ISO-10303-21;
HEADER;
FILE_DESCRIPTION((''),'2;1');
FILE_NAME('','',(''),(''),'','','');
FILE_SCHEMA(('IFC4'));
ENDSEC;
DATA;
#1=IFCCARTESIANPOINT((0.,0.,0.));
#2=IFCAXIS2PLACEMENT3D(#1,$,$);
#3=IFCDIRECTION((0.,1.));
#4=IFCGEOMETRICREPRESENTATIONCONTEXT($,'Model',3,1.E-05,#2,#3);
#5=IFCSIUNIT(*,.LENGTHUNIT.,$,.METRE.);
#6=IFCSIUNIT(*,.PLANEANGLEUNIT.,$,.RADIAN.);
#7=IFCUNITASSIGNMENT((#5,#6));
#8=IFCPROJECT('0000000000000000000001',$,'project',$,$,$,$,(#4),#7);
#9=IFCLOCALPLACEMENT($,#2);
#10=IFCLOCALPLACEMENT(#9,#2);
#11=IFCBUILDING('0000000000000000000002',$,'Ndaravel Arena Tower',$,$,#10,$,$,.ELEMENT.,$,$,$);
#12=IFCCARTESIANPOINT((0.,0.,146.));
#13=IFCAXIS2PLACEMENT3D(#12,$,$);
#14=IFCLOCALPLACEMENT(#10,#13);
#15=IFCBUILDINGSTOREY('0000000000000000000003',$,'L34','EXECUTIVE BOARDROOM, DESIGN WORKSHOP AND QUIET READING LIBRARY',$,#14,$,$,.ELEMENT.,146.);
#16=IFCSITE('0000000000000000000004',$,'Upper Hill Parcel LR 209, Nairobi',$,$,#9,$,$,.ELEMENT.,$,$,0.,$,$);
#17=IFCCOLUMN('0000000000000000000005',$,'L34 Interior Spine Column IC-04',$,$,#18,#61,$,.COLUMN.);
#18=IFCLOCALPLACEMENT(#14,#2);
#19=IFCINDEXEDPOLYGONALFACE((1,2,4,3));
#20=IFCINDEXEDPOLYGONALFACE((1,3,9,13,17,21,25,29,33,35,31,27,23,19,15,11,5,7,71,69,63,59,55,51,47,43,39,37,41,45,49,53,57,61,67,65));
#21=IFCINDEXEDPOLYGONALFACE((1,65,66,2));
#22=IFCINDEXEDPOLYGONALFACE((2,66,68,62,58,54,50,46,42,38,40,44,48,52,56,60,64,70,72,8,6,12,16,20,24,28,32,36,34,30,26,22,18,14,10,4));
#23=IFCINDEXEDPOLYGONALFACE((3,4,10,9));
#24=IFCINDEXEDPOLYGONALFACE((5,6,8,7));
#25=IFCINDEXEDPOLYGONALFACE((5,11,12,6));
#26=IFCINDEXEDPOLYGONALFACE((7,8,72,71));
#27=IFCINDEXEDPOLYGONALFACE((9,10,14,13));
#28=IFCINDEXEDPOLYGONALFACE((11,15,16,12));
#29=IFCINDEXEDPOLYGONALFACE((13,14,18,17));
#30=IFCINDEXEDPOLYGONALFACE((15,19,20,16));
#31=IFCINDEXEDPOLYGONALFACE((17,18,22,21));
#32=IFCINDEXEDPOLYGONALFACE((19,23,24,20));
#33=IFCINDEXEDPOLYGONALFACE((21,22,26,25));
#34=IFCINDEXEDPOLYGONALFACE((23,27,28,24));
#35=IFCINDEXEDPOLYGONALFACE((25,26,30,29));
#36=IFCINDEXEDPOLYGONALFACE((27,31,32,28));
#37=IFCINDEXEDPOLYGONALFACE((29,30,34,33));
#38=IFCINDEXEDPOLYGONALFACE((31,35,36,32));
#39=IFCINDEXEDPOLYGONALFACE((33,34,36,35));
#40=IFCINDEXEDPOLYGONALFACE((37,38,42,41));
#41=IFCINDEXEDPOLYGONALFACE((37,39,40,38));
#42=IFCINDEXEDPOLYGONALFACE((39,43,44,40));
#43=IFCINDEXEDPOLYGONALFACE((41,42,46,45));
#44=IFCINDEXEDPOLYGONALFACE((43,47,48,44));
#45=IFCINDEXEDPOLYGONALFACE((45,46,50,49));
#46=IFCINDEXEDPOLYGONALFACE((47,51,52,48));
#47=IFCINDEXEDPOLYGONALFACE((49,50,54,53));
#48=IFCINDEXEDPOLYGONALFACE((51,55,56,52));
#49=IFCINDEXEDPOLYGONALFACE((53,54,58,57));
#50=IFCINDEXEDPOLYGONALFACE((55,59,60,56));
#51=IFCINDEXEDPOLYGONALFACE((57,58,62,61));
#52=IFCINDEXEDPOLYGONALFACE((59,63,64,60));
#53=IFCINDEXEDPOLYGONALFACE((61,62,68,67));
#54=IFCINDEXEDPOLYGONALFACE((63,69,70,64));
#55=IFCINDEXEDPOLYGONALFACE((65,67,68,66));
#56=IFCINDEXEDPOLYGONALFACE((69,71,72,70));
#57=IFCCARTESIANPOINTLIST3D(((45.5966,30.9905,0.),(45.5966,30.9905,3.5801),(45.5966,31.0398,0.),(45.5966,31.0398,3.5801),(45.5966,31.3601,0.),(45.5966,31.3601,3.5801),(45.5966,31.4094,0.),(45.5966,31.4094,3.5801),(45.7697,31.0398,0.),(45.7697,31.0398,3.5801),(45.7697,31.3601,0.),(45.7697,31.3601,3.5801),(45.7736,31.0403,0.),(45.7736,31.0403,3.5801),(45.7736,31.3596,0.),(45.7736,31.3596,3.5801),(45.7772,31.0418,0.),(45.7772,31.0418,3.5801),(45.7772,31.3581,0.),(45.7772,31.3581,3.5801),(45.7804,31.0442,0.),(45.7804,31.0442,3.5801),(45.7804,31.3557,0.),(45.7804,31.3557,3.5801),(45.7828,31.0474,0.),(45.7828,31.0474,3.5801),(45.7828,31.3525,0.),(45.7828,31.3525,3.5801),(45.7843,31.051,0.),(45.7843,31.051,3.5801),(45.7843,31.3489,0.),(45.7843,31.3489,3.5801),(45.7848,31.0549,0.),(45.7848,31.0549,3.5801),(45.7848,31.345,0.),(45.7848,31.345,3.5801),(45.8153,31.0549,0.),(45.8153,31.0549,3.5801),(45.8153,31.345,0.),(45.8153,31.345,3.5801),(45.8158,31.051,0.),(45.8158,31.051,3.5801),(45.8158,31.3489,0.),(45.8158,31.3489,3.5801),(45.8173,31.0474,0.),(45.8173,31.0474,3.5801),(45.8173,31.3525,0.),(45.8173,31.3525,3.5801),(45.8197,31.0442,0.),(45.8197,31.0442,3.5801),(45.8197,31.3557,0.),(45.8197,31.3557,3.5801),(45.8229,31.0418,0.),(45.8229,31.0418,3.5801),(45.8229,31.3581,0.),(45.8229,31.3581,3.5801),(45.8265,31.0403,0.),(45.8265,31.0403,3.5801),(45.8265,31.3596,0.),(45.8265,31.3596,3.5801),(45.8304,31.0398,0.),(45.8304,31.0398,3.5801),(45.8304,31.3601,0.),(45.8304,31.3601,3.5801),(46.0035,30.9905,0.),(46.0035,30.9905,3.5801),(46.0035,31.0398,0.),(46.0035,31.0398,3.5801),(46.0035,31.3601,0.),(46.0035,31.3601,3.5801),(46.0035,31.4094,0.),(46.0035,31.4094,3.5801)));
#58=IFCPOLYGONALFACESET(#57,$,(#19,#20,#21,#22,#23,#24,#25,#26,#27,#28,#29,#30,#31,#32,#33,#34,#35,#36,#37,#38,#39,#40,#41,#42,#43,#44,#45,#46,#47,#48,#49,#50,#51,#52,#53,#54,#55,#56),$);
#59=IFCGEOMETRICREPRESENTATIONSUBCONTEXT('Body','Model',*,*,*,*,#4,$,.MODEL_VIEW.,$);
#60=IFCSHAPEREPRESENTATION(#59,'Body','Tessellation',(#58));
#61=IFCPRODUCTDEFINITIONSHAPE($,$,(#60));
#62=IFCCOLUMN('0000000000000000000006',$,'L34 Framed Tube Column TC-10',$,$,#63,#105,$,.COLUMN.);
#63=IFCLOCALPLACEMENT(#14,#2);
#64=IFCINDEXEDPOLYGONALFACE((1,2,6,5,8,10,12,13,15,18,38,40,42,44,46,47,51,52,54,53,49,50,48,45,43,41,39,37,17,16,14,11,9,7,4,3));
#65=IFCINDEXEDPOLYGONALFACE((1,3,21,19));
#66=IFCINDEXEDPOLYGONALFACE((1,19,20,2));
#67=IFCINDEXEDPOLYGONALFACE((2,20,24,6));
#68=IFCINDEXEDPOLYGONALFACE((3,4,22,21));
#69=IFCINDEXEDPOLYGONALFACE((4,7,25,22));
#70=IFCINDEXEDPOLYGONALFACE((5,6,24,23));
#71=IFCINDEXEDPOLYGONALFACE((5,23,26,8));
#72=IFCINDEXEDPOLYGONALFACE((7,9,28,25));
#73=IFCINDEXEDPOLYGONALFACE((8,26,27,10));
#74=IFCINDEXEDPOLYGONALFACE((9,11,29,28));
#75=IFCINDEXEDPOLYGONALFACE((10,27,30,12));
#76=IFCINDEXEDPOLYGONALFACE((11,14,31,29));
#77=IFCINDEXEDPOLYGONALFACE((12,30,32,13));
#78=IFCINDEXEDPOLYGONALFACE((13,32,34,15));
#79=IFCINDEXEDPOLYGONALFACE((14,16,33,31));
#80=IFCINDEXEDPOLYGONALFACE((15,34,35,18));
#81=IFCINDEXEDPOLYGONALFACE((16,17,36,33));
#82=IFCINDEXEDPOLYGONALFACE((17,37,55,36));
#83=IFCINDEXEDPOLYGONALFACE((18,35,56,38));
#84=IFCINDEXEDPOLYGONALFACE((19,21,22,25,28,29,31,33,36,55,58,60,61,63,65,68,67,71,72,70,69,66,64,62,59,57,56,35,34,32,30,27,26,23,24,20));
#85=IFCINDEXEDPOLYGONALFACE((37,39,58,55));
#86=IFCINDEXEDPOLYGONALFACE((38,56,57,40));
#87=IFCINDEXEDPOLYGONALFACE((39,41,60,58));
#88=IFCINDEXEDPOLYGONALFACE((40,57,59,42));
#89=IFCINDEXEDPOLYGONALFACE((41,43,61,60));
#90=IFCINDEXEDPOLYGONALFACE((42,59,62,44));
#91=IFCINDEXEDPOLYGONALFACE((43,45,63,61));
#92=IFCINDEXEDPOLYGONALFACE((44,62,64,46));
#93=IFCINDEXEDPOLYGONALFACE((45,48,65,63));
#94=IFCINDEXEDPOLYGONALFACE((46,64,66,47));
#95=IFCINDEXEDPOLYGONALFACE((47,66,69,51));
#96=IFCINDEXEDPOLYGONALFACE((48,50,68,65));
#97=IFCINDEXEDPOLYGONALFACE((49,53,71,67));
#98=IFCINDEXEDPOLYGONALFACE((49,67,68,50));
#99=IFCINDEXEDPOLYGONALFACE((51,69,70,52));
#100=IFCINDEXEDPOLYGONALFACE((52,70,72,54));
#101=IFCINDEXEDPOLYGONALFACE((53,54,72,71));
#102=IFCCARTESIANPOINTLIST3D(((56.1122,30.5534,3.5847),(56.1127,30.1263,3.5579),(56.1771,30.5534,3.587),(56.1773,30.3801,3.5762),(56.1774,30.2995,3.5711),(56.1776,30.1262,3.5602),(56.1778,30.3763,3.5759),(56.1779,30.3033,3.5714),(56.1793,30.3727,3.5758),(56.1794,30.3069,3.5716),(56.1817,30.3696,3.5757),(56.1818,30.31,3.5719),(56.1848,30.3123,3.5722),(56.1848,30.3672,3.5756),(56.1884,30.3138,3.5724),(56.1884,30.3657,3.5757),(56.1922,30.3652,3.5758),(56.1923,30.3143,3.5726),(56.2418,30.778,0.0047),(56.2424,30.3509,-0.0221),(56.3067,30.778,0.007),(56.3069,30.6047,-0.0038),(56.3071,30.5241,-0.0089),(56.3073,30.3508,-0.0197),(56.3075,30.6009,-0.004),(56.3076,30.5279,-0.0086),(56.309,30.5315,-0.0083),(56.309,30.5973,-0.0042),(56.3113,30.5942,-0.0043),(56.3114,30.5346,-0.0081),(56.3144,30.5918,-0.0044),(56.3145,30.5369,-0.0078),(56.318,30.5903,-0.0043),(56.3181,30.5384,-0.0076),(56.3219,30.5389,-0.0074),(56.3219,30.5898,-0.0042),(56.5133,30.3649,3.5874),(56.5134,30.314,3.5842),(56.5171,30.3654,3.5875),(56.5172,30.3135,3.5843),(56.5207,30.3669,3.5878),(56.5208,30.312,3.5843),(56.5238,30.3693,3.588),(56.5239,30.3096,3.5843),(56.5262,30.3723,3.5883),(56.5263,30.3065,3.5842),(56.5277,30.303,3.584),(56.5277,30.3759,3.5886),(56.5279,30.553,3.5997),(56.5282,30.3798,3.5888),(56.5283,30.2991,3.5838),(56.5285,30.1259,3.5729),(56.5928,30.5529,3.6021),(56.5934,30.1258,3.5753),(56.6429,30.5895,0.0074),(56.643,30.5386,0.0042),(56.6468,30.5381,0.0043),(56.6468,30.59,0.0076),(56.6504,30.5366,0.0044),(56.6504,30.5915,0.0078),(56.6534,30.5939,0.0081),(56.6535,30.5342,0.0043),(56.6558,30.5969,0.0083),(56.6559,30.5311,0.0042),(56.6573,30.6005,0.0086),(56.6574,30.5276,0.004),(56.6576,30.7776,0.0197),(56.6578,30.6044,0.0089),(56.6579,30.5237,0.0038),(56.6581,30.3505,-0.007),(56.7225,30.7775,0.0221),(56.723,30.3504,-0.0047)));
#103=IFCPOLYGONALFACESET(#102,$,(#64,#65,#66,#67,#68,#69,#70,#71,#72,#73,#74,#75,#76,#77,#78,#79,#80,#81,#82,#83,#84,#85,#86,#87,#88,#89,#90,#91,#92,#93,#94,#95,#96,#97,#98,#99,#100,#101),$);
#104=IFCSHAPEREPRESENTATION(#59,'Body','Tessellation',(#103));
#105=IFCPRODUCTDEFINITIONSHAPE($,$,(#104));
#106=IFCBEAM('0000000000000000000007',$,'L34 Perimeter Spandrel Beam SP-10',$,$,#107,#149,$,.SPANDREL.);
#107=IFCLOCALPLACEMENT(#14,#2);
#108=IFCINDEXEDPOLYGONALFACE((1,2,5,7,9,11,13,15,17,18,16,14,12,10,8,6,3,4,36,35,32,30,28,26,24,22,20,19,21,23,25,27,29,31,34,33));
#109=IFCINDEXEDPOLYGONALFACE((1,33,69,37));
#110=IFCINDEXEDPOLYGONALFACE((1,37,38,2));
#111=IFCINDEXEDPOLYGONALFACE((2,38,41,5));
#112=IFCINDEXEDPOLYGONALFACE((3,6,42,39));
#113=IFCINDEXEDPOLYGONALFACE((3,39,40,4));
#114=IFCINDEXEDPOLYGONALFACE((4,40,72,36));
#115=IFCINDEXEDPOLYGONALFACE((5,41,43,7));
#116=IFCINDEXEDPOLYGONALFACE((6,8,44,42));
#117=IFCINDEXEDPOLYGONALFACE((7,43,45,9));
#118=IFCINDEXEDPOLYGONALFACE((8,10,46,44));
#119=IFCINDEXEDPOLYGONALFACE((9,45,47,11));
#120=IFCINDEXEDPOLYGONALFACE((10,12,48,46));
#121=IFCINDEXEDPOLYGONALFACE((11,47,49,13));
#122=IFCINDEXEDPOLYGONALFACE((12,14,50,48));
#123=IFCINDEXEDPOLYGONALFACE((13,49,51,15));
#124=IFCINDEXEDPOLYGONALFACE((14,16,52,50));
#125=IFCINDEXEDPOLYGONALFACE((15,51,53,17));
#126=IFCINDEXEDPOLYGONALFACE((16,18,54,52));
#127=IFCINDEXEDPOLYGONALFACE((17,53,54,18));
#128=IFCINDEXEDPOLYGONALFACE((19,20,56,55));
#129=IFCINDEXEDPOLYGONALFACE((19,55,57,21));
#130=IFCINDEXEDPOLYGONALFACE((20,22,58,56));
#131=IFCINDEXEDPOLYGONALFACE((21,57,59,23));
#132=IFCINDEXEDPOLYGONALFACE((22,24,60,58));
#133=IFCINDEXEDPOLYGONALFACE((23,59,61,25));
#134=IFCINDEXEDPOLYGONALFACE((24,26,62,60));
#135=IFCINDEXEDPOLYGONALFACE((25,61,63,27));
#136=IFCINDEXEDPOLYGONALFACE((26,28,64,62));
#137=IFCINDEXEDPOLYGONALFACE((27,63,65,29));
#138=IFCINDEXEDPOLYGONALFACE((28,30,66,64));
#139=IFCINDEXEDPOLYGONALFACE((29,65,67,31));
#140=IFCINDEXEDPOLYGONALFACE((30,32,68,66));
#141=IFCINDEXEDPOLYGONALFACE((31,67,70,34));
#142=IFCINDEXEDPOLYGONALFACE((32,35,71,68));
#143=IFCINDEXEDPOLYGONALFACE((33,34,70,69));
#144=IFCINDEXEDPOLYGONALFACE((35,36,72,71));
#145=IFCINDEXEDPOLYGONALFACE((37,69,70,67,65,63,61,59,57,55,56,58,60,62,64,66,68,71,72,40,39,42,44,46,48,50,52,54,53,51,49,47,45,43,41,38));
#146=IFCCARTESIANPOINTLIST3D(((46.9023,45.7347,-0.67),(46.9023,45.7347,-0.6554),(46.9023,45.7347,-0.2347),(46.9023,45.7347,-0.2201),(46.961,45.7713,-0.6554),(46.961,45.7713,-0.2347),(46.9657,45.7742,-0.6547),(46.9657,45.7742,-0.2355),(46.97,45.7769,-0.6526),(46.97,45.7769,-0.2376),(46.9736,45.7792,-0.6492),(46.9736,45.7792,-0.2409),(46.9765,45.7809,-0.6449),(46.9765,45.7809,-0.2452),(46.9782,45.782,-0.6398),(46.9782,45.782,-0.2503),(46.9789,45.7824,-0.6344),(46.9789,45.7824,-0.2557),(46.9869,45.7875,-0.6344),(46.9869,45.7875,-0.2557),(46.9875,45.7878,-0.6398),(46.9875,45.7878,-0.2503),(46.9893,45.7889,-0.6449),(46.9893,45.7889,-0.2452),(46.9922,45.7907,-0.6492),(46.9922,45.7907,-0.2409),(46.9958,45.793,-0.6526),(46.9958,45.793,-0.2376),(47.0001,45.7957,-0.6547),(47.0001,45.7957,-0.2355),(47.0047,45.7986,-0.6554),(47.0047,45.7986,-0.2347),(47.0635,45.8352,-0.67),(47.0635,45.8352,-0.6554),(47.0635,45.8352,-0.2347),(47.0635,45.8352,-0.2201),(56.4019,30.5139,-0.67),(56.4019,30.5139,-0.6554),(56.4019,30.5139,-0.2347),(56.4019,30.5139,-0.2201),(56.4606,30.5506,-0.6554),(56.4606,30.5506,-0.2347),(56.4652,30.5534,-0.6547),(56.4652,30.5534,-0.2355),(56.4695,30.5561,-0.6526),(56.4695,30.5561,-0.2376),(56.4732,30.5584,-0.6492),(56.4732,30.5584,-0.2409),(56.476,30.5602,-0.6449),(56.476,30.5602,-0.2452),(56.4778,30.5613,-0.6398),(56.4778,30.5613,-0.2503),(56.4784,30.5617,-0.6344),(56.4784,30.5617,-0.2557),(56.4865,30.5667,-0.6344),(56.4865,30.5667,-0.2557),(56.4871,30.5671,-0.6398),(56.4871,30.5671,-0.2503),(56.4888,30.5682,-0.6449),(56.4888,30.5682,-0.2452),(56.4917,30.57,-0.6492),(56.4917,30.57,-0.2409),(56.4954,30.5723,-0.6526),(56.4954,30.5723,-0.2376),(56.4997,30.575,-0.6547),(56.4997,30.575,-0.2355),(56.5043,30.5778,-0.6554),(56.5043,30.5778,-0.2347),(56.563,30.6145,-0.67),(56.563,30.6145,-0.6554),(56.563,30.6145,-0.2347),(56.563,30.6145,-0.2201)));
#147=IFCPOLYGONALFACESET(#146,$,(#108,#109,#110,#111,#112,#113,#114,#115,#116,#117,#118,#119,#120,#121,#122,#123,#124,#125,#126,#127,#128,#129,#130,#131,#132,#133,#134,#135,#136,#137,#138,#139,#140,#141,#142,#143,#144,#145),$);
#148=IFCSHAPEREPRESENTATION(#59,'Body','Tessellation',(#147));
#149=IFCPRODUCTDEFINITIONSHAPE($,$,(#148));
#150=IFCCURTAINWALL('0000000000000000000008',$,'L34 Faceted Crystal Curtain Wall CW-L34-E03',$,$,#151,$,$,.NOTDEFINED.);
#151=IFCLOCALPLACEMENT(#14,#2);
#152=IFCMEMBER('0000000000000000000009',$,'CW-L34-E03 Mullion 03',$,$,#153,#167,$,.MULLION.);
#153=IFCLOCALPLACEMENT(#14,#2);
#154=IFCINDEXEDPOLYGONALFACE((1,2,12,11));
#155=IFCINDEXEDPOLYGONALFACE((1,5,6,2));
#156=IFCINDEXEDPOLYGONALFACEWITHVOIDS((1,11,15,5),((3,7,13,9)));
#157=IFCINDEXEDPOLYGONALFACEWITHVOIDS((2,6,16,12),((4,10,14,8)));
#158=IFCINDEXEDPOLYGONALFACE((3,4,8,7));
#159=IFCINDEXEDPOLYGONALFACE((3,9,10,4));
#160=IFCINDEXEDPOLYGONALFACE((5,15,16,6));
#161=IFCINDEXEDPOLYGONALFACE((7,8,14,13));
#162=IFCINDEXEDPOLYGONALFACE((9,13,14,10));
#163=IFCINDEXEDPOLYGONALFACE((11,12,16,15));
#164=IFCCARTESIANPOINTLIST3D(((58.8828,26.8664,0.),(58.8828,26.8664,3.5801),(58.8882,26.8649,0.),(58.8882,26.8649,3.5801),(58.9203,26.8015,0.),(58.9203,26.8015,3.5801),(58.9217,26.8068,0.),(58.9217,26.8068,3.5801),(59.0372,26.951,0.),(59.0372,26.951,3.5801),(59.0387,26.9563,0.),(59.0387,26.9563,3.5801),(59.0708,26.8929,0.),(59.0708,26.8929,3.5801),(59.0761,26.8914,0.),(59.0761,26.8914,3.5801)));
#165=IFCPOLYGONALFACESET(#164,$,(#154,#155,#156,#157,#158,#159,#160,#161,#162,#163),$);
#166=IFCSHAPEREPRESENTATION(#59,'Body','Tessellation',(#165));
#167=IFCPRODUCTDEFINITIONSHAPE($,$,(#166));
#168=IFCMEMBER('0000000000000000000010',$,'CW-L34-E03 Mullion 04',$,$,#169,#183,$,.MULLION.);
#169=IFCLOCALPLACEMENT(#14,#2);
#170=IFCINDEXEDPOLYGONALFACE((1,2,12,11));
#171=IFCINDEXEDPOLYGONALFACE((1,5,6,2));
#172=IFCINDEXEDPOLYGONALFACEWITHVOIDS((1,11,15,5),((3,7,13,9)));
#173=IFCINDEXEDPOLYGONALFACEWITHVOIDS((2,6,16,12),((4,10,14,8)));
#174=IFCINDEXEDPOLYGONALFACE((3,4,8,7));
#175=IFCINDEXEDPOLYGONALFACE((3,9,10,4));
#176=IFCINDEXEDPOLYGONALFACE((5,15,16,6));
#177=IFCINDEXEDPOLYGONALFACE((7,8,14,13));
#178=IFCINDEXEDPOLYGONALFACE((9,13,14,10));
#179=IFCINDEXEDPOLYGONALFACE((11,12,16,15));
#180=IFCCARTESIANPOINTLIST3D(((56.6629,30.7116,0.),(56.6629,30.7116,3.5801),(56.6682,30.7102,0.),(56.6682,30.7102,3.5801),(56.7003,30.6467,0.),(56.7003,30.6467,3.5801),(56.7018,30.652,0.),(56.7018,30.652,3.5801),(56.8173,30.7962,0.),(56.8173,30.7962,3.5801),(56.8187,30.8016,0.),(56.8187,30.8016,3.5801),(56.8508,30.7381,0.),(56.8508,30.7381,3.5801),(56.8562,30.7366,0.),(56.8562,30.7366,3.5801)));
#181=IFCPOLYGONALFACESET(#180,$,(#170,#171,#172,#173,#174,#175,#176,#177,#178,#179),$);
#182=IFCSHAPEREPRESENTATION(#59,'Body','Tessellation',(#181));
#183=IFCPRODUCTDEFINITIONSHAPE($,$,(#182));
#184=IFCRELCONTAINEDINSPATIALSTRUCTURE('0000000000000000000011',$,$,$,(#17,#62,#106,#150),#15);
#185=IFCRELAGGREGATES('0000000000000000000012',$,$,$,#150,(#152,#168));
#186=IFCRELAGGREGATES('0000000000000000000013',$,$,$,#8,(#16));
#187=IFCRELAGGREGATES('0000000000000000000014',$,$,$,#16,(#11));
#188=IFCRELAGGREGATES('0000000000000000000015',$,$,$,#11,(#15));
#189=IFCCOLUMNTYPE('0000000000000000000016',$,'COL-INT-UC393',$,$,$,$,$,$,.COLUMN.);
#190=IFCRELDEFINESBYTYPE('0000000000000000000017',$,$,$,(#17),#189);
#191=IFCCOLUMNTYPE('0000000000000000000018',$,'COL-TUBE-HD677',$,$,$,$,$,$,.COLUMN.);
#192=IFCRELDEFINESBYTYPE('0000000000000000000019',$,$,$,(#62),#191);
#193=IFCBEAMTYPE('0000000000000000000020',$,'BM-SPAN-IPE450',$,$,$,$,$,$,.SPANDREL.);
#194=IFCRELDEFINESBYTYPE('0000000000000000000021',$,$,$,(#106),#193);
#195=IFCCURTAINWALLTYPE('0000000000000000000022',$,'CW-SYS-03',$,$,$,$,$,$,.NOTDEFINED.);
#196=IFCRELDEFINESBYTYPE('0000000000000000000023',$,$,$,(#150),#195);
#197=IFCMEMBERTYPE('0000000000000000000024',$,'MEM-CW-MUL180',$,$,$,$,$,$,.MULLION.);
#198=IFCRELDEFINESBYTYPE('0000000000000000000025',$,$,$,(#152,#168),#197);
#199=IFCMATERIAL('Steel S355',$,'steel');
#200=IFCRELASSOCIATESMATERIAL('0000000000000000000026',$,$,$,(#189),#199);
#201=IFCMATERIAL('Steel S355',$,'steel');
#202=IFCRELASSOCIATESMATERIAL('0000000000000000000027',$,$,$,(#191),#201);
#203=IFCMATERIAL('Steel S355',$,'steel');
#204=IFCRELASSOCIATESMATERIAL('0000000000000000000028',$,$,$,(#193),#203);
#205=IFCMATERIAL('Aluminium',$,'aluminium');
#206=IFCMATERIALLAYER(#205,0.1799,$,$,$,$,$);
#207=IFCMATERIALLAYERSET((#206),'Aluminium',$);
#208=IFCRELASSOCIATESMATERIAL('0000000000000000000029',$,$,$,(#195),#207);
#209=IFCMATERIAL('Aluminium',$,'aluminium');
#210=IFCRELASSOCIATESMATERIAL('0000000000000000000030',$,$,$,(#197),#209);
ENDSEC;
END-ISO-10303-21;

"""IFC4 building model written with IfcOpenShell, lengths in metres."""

from ifc_helpers import new_model, si_unit, direction, frame, origin, origin_2d, place, context, subcontext, project, spatial, hollow_rectangle, i_section, extrude, material, layer, layer_set, material_profile, profile_set, type_object, element, aggregate, save


model = new_model("IFC4")

# Units and contexts
model_context = context("Model", 3, precision=1e-05, world=origin(), true_north=direction((0.0, 1.0)))
body_context = subcontext(model_context, "Body", "Model", "MODEL_VIEW")
ifc_project = project(units=[si_unit("LENGTHUNIT", "METRE"), si_unit("PLANEANGLEUNIT", "RADIAN")], contexts=[model_context])

# Site, building, storey
site_placement = place(None, origin())
site = spatial("IfcSite", under=ifc_project, at=site_placement, Name="Upper Hill Parcel LR 209, Nairobi", CompositionType="ELEMENT", RefElevation=0.0)
building_placement = place(site_placement, origin())
building = spatial("IfcBuilding", under=site, at=building_placement, Name="Ndaravel Arena Tower", CompositionType="ELEMENT")
storey_placement = place(building_placement, frame((0.0, 0.0, 146.0)))
storey = spatial("IfcBuildingStorey", under=building, at=storey_placement, Name="L34", Description="EXECUTIVE BOARDROOM, DESIGN WORKSHOP AND QUIET READING LIBRARY", CompositionType="ELEMENT", Elevation=146.0)

# Columns
ifc_material_1 = material(Name="Steel S355", Category="steel")
ifc_material_profile_1 = material_profile(ifc_material_1, i_section(OverallWidth=0.407, OverallDepth=0.4189, WebThickness=0.0305, FlangeThickness=0.0493, FilletRadius=0.0151, at=origin_2d()), Name="UC 356x406x393")
ifc_profile_set_1 = profile_set([ifc_material_profile_1], Name="Steel S355")
column_type_1 = type_object("IfcColumnType", Name="COL-INT-UC393", PredefinedType="COLUMN", material=ifc_profile_set_1)
column_1_placement = place(storey_placement, frame((45.8, 31.2, 0.0), z_axis=(0.0, 0.0, 1.0), x_axis=(1.0, 0.0, 0.0)))
element("IfcColumn", 1, at=column_1_placement, inside=storey, type_object=column_type_1, Name="L34 Interior Spine Column IC-04", PredefinedType="COLUMN", context=body_context, shape_type="SweptSolid", body=[
    extrude(i_section(OverallWidth=0.407, OverallDepth=0.4189, WebThickness=0.0305, FlangeThickness=0.0493, FilletRadius=0.0151, at=origin_2d()), origin(), (0.0, 0.0, 1.0), 3.5801),
])
ifc_material_2 = material(Name="Steel S355", Category="steel")
ifc_material_profile_2 = material_profile(ifc_material_2, i_section(OverallWidth=0.428, OverallDepth=0.481, WebThickness=0.051, FlangeThickness=0.0649, FilletRadius=0.0149, at=origin_2d()), Name="HD 400x677")
ifc_profile_set_2 = profile_set([ifc_material_profile_2], Name="Steel S355")
column_type_2 = type_object("IfcColumnType", Name="COL-TUBE-HD677", PredefinedType="COLUMN", material=ifc_profile_set_2)
column_2_placement = place(storey_placement, frame((56.4824, 30.5642, 0.0), z_axis=(-0.036116, -0.062575, 0.997387), x_axis=(-0.001264, 0.99804, 0.06257)))
element("IfcColumn", 2, at=column_2_placement, inside=storey, type_object=column_type_2, Name="L34 Framed Tube Column TC-10", PredefinedType="COLUMN", context=body_context, shape_type="SweptSolid", body=[
    extrude(i_section(OverallWidth=0.428, OverallDepth=0.481, WebThickness=0.051, FlangeThickness=0.0649, FilletRadius=0.0149, at=origin_2d()), origin(), (0.0, 0.0, 1.0), 3.5894),
])

# Beam
ifc_material_3 = material(Name="Steel S355", Category="steel")
ifc_material_profile_3 = material_profile(ifc_material_3, i_section(OverallWidth=0.1899, OverallDepth=0.45, WebThickness=0.0095, FlangeThickness=0.0146, FilletRadius=0.021, at=origin_2d()), Name="IPE 450")
ifc_profile_set_3 = profile_set([ifc_material_profile_3], Name="Steel S355")
beam_type = type_object("IfcBeamType", Name="BM-SPAN-IPE450", PredefinedType="SPANDREL", material=ifc_profile_set_3)
beam_placement = place(storey_placement, frame((56.4824, 30.5642, -0.4451), z_axis=(-0.529461, 0.848334, 0.0), x_axis=(-0.848334, -0.529461, 0.0)))
element("IfcBeam", 3, at=beam_placement, inside=storey, type_object=beam_type, Name="L34 Perimeter Spandrel Beam SP-10", PredefinedType="SPANDREL", context=body_context, shape_type="SweptSolid", body=[
    extrude(i_section(OverallWidth=0.1899, OverallDepth=0.45, WebThickness=0.0095, FlangeThickness=0.0146, FilletRadius=0.021, at=origin_2d()), origin(), (0.0, 0.0, 1.0), 17.9419),
])

# Curtain wall, members
ifc_material_4 = material(Name="Aluminium", Category="aluminium")
ifc_layer_1 = layer(ifc_material_4, 0.1799)
ifc_layer_set_1 = layer_set([ifc_layer_1], Name="Aluminium")
curtain_wall_type = type_object("IfcCurtainWallType", Name="CW-SYS-03", PredefinedType="NOTDEFINED", material=ifc_layer_set_1)
curtain_wall_placement = place(storey_placement, origin())
curtain_wall = element("IfcCurtainWall", 4, at=curtain_wall_placement, inside=storey, type_object=curtain_wall_type, Name="L34 Faceted Crystal Curtain Wall CW-L34-E03", PredefinedType="NOTDEFINED")
ifc_material_5 = material(Name="Aluminium", Category="aluminium")
ifc_material_profile_4 = material_profile(ifc_material_5, hollow_rectangle(XDim=0.075, YDim=0.1799, WallThickness=0.0039, at=origin_2d()), Name="CW MULLION 75x180x4")
ifc_profile_set_4 = profile_set([ifc_material_profile_4], Name="Aluminium")
member_type = type_object("IfcMemberType", Name="MEM-CW-MUL180", PredefinedType="MULLION", material=ifc_profile_set_4)
member_1_placement = place(storey_placement, frame((58.9795, 26.8789, 0.0), z_axis=(0.0, 0.0, 1.0), x_axis=(-0.5, 0.866025, 0.0)))
member_1 = element("IfcMember", 5, at=member_1_placement, type_object=member_type, Name="CW-L34-E03 Mullion 03", PredefinedType="MULLION", context=body_context, shape_type="SweptSolid", body=[
    extrude(hollow_rectangle(XDim=0.075, YDim=0.1799, WallThickness=0.0039, at=origin_2d()), origin(), (0.0, 0.0, 1.0), 3.5801),
])
member_2_placement = place(storey_placement, frame((56.7595, 30.7241, 0.0), z_axis=(0.0, 0.0, 1.0), x_axis=(-0.5, 0.866025, 0.0)))
member_2 = element("IfcMember", 6, at=member_2_placement, type_object=member_type, Name="CW-L34-E03 Mullion 04", PredefinedType="MULLION", context=body_context, shape_type="SweptSolid", body=[
    extrude(hollow_rectangle(XDim=0.075, YDim=0.1799, WallThickness=0.0039, at=origin_2d()), origin(), (0.0, 0.0, 1.0), 3.5801),
])
aggregate(curtain_wall, [member_1, member_2])

save(model, "model.ifc")
